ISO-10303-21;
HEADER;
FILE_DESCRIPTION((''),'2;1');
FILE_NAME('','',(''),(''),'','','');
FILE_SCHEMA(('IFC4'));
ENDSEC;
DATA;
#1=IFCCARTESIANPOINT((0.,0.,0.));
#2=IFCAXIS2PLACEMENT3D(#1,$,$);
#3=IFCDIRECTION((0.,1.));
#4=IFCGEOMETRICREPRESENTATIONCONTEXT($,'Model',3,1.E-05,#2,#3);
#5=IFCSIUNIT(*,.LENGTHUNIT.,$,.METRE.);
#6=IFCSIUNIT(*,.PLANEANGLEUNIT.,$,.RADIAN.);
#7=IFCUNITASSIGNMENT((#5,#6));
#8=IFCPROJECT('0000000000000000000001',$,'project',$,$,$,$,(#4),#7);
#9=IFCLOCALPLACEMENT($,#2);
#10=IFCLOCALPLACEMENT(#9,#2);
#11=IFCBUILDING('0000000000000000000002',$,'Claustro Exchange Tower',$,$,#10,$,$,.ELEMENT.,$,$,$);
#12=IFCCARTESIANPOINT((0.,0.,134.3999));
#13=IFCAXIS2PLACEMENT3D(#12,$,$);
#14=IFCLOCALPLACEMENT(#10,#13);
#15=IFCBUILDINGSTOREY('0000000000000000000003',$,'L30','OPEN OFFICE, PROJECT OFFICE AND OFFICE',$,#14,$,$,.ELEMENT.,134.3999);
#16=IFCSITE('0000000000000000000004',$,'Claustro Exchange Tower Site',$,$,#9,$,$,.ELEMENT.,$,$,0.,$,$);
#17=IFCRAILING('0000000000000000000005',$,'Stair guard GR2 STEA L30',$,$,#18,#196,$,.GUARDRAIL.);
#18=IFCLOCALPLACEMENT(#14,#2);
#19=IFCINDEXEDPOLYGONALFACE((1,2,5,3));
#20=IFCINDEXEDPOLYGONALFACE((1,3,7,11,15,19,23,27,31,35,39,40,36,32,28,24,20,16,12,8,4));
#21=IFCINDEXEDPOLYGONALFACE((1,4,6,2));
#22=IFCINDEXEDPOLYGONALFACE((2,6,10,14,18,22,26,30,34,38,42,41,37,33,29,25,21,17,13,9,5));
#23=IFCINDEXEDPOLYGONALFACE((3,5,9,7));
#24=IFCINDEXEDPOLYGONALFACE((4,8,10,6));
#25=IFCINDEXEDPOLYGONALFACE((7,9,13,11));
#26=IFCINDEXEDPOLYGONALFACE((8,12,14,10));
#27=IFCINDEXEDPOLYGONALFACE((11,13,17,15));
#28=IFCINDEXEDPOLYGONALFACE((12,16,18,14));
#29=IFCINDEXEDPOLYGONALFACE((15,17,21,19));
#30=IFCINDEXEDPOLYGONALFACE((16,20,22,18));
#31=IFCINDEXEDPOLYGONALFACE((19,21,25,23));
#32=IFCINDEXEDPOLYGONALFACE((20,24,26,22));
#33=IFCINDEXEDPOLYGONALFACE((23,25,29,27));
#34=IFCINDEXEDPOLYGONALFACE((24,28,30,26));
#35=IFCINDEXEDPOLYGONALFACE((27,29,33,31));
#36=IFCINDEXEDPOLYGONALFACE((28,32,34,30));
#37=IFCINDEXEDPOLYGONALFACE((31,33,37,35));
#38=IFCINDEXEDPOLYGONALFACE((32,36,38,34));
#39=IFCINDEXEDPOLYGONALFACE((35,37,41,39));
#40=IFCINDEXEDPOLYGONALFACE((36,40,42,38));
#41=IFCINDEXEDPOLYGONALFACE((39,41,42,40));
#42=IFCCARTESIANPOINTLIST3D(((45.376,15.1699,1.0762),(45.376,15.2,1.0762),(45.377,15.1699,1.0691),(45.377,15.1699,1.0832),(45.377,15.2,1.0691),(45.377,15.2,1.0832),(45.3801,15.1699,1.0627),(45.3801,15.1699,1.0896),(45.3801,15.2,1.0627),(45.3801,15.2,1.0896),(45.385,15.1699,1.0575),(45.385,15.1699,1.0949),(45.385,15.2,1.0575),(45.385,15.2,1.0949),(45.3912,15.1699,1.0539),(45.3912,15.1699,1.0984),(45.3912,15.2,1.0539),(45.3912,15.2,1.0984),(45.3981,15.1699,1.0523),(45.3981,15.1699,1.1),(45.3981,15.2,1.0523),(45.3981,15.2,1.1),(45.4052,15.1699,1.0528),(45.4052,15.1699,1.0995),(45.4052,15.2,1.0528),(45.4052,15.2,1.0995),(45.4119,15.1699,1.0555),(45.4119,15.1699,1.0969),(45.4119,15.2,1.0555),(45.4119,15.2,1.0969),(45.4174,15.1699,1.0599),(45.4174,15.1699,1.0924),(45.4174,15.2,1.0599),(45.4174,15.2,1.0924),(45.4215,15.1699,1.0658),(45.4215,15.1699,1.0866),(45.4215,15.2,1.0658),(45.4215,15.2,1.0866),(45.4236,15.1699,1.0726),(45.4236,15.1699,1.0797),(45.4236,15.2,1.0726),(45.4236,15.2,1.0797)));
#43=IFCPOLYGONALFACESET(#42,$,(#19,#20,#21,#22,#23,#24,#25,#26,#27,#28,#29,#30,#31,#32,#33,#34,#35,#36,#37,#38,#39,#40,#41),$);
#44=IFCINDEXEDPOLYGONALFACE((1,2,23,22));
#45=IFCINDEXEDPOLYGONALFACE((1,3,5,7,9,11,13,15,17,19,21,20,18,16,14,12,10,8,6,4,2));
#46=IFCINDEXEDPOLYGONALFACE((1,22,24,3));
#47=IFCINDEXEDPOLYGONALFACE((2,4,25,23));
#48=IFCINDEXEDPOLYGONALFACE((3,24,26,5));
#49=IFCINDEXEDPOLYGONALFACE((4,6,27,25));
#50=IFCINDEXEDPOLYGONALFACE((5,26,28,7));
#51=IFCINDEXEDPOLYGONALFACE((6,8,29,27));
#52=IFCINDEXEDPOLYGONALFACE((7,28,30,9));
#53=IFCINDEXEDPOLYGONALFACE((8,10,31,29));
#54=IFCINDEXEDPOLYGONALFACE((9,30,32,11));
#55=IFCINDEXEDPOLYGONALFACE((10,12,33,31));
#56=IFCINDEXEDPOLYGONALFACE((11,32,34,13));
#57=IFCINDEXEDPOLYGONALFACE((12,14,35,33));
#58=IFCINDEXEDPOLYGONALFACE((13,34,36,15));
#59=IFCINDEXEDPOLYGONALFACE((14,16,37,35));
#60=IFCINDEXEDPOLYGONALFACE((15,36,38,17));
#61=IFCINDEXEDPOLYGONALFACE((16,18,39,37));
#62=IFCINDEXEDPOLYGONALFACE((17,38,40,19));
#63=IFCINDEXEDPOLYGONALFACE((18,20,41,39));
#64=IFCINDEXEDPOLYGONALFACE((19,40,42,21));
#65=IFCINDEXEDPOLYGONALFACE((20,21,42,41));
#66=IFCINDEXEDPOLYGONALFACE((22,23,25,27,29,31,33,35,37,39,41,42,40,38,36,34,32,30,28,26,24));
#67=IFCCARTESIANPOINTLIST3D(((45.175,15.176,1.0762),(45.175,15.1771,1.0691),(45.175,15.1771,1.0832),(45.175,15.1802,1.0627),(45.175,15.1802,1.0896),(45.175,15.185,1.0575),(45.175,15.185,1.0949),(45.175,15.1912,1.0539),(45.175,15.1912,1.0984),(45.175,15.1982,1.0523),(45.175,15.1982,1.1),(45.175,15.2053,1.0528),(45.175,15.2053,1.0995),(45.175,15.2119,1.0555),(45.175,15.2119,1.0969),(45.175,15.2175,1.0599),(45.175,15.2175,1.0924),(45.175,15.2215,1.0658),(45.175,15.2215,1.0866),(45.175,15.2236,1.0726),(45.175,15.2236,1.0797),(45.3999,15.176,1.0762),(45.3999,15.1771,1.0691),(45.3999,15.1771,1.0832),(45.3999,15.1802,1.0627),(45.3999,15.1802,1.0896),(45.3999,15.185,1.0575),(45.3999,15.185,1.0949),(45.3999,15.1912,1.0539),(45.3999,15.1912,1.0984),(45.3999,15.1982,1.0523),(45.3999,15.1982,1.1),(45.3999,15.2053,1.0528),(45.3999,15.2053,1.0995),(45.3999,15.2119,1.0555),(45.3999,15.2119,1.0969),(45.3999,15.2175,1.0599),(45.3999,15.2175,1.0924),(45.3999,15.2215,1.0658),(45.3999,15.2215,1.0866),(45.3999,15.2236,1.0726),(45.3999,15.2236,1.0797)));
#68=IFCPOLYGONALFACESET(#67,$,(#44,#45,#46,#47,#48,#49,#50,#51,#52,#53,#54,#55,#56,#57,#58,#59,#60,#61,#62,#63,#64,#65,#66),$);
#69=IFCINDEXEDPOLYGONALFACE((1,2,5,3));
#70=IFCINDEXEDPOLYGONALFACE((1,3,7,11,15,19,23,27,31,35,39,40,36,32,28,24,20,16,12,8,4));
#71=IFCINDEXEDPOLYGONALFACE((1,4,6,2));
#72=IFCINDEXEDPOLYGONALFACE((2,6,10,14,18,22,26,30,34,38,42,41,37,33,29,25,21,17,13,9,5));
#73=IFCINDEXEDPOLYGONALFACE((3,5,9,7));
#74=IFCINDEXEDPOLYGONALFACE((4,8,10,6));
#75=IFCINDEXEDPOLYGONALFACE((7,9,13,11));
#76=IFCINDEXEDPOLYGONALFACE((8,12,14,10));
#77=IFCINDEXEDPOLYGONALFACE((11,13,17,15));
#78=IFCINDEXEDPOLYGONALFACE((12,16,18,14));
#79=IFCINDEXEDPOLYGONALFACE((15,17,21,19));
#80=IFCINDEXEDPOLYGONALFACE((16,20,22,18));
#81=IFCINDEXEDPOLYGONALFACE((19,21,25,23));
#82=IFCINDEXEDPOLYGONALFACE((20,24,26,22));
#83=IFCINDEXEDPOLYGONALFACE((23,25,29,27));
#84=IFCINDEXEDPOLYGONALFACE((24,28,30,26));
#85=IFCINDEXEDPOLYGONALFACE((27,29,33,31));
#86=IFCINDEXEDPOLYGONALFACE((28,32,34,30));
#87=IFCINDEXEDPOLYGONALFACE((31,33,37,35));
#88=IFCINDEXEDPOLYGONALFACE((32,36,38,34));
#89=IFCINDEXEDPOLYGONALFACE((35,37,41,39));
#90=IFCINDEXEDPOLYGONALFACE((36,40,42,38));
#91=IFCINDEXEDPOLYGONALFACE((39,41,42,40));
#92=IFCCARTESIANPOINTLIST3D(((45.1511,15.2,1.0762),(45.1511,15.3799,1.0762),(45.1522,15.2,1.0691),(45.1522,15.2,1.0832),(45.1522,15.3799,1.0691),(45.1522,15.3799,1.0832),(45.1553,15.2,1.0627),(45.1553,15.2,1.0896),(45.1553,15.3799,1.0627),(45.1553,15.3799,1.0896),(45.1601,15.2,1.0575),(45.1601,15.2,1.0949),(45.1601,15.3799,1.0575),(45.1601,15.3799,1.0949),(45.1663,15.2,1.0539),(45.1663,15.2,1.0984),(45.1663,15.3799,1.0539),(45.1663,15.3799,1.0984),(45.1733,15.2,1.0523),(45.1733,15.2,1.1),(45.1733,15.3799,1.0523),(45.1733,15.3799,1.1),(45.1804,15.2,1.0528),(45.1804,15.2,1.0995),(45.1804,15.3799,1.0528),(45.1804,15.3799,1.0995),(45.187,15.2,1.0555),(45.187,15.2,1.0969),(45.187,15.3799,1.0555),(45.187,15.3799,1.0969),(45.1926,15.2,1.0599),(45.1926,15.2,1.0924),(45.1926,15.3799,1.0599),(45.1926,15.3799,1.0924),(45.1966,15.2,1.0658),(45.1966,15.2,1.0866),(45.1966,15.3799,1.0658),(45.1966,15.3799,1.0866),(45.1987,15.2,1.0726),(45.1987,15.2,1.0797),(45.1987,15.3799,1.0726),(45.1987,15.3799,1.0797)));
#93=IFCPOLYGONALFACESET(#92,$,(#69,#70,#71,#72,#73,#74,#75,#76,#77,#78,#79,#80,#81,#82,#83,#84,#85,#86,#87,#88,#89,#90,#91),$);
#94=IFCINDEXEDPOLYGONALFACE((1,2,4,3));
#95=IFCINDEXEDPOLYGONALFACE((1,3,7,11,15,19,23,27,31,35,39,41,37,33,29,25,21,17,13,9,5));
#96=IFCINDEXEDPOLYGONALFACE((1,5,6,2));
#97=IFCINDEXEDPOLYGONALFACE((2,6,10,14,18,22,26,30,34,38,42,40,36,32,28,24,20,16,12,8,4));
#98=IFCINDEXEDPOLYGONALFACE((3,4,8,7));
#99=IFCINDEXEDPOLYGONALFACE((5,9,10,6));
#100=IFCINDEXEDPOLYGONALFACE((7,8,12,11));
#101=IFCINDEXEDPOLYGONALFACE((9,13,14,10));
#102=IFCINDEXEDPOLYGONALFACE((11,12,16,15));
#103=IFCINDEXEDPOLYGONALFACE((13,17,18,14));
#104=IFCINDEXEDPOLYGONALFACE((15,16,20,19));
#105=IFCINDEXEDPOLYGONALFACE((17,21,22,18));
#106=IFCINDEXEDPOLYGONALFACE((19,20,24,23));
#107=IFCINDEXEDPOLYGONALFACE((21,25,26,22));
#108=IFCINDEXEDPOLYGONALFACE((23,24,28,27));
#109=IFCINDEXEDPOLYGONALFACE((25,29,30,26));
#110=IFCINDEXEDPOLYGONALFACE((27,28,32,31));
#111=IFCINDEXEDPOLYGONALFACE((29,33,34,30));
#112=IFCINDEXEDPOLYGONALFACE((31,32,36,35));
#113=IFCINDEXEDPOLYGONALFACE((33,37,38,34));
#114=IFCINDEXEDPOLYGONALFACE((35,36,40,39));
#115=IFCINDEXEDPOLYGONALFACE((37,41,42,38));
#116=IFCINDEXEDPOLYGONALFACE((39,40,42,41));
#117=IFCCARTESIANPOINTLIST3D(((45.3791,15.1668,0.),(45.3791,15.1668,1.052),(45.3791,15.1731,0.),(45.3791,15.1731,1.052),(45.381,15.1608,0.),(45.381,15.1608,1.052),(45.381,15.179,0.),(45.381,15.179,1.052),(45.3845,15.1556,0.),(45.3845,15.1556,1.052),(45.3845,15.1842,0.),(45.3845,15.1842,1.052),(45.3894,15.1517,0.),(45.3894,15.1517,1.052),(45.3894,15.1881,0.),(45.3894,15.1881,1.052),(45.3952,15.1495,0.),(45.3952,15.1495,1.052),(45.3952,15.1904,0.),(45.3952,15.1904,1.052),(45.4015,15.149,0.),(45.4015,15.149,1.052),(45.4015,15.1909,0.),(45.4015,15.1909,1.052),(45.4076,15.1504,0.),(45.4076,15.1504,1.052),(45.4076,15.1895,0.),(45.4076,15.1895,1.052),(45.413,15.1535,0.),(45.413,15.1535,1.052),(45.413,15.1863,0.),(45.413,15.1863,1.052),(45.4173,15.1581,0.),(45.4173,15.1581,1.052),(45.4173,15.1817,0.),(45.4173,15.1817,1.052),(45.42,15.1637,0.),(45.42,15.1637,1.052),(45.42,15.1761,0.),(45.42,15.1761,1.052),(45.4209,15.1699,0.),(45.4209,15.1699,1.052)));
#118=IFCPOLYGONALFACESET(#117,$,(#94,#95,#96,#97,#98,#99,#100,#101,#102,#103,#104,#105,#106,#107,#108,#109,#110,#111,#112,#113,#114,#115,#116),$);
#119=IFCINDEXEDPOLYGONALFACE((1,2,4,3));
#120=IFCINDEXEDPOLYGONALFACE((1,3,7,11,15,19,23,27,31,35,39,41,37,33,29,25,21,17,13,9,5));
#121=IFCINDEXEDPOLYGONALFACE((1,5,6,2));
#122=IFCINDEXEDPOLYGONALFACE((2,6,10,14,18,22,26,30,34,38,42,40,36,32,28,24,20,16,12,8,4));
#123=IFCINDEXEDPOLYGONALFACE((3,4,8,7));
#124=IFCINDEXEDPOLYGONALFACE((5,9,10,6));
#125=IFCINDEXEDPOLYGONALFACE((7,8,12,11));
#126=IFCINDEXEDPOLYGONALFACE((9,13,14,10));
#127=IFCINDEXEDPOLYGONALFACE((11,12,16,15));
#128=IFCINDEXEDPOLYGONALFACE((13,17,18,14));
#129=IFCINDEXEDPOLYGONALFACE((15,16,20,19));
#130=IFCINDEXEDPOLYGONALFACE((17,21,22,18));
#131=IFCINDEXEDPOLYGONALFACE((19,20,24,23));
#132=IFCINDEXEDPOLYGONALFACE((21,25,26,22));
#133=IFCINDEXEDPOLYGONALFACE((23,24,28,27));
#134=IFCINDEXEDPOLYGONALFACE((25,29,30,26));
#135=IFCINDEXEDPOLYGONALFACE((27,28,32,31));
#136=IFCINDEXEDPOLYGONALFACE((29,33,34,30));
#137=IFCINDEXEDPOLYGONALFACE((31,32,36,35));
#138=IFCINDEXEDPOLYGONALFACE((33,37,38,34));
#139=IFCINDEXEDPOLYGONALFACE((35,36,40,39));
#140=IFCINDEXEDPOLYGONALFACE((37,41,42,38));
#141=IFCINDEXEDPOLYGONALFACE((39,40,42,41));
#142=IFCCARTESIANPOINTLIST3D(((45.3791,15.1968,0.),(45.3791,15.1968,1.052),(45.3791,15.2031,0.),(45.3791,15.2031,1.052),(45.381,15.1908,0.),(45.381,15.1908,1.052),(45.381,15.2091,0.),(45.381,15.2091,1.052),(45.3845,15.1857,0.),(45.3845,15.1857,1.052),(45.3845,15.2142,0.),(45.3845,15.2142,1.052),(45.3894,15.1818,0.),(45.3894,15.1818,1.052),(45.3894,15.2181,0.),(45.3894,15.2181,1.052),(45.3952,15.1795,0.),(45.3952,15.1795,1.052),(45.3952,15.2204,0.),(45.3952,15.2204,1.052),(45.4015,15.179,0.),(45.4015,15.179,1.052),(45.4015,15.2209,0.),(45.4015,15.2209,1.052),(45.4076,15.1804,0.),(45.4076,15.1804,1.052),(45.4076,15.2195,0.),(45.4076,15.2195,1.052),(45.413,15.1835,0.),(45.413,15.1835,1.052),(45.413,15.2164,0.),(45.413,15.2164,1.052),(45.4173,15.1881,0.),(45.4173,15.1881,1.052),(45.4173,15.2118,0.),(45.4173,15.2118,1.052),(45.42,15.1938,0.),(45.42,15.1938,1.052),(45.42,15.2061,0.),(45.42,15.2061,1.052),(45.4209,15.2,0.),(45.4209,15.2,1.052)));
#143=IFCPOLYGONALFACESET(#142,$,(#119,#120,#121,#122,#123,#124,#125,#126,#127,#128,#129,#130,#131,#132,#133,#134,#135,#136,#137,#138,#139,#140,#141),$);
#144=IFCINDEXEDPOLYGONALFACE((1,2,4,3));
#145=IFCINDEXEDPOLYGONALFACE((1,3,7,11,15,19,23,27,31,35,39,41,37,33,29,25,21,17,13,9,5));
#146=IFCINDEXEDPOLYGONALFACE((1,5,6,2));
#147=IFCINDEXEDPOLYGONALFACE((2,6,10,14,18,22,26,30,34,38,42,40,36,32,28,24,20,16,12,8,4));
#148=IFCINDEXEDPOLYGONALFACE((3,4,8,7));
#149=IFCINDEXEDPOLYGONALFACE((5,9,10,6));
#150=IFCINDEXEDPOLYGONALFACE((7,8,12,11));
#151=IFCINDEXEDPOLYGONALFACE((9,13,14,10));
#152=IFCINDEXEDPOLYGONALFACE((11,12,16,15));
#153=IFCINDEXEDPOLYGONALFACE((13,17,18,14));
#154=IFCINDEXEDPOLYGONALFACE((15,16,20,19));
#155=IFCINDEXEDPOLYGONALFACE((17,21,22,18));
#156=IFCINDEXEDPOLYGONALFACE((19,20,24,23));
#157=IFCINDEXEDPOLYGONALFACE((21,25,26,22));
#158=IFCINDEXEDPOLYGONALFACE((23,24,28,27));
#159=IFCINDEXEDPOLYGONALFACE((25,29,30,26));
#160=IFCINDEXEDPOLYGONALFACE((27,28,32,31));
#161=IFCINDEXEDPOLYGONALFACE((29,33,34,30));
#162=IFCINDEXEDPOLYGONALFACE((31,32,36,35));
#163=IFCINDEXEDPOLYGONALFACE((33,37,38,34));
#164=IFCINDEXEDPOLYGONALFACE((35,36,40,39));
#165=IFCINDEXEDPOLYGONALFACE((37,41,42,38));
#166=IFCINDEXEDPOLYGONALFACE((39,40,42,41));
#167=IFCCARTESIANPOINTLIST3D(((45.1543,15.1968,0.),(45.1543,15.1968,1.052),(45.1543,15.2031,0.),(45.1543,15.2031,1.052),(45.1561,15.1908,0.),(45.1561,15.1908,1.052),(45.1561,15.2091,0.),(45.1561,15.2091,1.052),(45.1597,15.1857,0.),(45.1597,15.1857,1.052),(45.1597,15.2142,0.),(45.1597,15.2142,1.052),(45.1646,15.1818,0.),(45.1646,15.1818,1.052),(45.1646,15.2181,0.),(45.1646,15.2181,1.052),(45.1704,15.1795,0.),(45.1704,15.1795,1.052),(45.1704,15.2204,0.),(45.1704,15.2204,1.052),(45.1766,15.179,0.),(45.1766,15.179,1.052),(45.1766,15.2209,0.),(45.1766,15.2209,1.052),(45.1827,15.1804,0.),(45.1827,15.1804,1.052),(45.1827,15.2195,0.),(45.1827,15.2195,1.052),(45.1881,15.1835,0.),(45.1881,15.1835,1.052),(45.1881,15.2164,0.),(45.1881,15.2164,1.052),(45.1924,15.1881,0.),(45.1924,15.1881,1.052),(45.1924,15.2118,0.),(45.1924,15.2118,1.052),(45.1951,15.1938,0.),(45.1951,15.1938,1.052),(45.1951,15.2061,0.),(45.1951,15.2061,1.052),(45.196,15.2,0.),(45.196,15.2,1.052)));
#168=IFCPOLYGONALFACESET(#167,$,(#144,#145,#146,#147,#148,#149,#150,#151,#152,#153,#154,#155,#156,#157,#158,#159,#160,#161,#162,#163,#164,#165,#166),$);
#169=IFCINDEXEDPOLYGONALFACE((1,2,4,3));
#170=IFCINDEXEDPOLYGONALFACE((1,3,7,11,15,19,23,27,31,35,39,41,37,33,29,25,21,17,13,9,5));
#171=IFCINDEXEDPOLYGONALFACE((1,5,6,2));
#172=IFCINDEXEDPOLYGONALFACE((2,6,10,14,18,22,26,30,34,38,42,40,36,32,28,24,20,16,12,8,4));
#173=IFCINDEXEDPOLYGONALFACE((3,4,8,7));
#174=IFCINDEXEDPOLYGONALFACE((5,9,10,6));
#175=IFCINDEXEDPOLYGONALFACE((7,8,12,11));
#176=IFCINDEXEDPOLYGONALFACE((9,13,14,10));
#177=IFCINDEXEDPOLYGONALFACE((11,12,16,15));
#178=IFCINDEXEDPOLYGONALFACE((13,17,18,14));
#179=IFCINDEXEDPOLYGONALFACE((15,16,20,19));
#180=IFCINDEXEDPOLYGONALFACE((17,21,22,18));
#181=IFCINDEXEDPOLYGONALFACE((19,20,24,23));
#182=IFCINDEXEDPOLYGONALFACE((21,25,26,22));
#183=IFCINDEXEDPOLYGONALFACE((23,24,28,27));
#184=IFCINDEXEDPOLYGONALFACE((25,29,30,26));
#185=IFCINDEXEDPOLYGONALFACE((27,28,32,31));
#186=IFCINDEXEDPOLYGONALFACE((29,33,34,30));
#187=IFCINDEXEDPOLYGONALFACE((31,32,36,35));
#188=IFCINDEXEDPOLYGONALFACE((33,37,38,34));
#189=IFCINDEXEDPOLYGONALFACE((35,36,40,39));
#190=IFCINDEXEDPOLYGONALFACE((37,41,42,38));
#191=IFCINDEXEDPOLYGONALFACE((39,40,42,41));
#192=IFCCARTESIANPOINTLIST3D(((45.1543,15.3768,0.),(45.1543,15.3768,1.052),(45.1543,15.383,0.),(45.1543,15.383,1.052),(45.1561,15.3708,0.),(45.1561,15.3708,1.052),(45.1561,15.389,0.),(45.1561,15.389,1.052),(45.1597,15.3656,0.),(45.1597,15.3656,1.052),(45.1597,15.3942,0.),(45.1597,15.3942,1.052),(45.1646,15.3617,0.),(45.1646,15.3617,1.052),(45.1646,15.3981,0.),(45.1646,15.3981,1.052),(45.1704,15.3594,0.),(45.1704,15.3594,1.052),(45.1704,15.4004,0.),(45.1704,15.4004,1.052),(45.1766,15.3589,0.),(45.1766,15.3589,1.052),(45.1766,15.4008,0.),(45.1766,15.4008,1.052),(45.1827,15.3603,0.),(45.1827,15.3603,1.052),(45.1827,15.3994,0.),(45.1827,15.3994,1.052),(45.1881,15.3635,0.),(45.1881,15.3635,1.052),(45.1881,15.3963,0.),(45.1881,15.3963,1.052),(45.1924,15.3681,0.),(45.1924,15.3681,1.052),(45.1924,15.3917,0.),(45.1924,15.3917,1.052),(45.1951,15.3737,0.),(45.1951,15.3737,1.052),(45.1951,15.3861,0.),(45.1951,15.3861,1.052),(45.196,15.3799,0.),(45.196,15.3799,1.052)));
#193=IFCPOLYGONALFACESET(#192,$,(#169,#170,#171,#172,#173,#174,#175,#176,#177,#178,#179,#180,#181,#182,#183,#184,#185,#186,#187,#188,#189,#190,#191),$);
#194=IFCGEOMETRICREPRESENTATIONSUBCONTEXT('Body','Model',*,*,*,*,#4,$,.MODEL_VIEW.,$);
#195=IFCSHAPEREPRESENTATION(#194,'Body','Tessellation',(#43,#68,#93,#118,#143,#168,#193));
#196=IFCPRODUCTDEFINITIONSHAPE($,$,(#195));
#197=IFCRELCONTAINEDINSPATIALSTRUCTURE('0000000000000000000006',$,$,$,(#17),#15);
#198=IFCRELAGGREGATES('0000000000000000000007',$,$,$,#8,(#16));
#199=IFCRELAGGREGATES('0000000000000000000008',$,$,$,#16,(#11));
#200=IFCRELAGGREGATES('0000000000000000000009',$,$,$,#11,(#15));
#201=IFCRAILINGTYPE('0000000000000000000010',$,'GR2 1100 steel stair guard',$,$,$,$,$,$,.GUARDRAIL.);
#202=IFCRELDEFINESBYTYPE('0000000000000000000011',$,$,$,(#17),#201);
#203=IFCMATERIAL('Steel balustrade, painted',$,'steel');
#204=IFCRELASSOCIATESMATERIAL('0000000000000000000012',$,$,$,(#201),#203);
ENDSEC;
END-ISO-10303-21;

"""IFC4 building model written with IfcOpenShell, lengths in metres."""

from ifc_helpers import new_model, si_unit, direction, frame, origin, origin_2d, place, context, subcontext, project, spatial, circle, extrude, material, type_object, element, save


model = new_model("IFC4")

# Units and contexts
model_context = context("Model", 3, precision=1e-05, world=origin(), true_north=direction((0.0, 1.0)))
body_context = subcontext(model_context, "Body", "Model", "MODEL_VIEW")
ifc_project = project(units=[si_unit("LENGTHUNIT", "METRE"), si_unit("PLANEANGLEUNIT", "RADIAN")], contexts=[model_context])

# Site, building, storey
site_placement = place(None, origin())
site = spatial("IfcSite", under=ifc_project, at=site_placement, Name="Claustro Exchange Tower Site", CompositionType="ELEMENT", RefElevation=0.0)
building_placement = place(site_placement, origin())
building = spatial("IfcBuilding", under=site, at=building_placement, Name="Claustro Exchange Tower", CompositionType="ELEMENT")
storey_placement = place(building_placement, frame((0.0, 0.0, 134.3999)))
storey = spatial("IfcBuildingStorey", under=building, at=storey_placement, Name="L30", Description="OPEN OFFICE, PROJECT OFFICE AND OFFICE", CompositionType="ELEMENT", Elevation=134.3999)

# Railing
ifc_material_1 = material(Name="Steel balustrade, painted", Category="steel")
railing_type_1 = type_object("IfcRailingType", Name="GR2 1100 steel stair guard", PredefinedType="GUARDRAIL", material=ifc_material_1)
railing_1_placement = place(storey_placement, frame((45.3999, 15.1699, 0.0)))
element("IfcRailing", 1, at=railing_1_placement, inside=storey, type_object=railing_type_1, Name="Stair guard GR2 STEA L30", PredefinedType="GUARDRAIL", context=body_context, shape_type="SweptSolid", body=[
    extrude(circle(Radius=0.0239, at=origin_2d()), frame((0.0, 0.0, 1.0762), z_axis=(0.0, 1.0, 0.0), x_axis=(-1.0, 0.0, 0.0)), (0.0, 0.0, 1.0), 0.03),
    extrude(circle(Radius=0.0239, at=origin_2d()), frame((0.0, 0.03, 1.0762), z_axis=(-1.0, 0.0, 0.0), x_axis=(0.0, -1.0, 0.0)), (0.0, 0.0, 1.0), 0.2249),
    extrude(circle(Radius=0.0239, at=origin_2d()), frame((-0.2249, 0.03, 1.0762), z_axis=(0.0, 1.0, 0.0), x_axis=(-1.0, 0.0, 0.0)), (0.0, 0.0, 1.0), 0.1799),
    extrude(circle(Radius=0.021, at=origin_2d()), origin(), (0.0, 0.0, 1.0), 1.052),
    extrude(circle(Radius=0.021, at=origin_2d()), frame((0.0, 0.03, 0.0)), (0.0, 0.0, 1.0), 1.052),
    extrude(circle(Radius=0.021, at=origin_2d()), frame((-0.2249, 0.03, 0.0)), (0.0, 0.0, 1.0), 1.052),
    extrude(circle(Radius=0.021, at=origin_2d()), frame((-0.2249, 0.21, 0.0)), (0.0, 0.0, 1.0), 1.052),
])

save(model, "model.ifc")
